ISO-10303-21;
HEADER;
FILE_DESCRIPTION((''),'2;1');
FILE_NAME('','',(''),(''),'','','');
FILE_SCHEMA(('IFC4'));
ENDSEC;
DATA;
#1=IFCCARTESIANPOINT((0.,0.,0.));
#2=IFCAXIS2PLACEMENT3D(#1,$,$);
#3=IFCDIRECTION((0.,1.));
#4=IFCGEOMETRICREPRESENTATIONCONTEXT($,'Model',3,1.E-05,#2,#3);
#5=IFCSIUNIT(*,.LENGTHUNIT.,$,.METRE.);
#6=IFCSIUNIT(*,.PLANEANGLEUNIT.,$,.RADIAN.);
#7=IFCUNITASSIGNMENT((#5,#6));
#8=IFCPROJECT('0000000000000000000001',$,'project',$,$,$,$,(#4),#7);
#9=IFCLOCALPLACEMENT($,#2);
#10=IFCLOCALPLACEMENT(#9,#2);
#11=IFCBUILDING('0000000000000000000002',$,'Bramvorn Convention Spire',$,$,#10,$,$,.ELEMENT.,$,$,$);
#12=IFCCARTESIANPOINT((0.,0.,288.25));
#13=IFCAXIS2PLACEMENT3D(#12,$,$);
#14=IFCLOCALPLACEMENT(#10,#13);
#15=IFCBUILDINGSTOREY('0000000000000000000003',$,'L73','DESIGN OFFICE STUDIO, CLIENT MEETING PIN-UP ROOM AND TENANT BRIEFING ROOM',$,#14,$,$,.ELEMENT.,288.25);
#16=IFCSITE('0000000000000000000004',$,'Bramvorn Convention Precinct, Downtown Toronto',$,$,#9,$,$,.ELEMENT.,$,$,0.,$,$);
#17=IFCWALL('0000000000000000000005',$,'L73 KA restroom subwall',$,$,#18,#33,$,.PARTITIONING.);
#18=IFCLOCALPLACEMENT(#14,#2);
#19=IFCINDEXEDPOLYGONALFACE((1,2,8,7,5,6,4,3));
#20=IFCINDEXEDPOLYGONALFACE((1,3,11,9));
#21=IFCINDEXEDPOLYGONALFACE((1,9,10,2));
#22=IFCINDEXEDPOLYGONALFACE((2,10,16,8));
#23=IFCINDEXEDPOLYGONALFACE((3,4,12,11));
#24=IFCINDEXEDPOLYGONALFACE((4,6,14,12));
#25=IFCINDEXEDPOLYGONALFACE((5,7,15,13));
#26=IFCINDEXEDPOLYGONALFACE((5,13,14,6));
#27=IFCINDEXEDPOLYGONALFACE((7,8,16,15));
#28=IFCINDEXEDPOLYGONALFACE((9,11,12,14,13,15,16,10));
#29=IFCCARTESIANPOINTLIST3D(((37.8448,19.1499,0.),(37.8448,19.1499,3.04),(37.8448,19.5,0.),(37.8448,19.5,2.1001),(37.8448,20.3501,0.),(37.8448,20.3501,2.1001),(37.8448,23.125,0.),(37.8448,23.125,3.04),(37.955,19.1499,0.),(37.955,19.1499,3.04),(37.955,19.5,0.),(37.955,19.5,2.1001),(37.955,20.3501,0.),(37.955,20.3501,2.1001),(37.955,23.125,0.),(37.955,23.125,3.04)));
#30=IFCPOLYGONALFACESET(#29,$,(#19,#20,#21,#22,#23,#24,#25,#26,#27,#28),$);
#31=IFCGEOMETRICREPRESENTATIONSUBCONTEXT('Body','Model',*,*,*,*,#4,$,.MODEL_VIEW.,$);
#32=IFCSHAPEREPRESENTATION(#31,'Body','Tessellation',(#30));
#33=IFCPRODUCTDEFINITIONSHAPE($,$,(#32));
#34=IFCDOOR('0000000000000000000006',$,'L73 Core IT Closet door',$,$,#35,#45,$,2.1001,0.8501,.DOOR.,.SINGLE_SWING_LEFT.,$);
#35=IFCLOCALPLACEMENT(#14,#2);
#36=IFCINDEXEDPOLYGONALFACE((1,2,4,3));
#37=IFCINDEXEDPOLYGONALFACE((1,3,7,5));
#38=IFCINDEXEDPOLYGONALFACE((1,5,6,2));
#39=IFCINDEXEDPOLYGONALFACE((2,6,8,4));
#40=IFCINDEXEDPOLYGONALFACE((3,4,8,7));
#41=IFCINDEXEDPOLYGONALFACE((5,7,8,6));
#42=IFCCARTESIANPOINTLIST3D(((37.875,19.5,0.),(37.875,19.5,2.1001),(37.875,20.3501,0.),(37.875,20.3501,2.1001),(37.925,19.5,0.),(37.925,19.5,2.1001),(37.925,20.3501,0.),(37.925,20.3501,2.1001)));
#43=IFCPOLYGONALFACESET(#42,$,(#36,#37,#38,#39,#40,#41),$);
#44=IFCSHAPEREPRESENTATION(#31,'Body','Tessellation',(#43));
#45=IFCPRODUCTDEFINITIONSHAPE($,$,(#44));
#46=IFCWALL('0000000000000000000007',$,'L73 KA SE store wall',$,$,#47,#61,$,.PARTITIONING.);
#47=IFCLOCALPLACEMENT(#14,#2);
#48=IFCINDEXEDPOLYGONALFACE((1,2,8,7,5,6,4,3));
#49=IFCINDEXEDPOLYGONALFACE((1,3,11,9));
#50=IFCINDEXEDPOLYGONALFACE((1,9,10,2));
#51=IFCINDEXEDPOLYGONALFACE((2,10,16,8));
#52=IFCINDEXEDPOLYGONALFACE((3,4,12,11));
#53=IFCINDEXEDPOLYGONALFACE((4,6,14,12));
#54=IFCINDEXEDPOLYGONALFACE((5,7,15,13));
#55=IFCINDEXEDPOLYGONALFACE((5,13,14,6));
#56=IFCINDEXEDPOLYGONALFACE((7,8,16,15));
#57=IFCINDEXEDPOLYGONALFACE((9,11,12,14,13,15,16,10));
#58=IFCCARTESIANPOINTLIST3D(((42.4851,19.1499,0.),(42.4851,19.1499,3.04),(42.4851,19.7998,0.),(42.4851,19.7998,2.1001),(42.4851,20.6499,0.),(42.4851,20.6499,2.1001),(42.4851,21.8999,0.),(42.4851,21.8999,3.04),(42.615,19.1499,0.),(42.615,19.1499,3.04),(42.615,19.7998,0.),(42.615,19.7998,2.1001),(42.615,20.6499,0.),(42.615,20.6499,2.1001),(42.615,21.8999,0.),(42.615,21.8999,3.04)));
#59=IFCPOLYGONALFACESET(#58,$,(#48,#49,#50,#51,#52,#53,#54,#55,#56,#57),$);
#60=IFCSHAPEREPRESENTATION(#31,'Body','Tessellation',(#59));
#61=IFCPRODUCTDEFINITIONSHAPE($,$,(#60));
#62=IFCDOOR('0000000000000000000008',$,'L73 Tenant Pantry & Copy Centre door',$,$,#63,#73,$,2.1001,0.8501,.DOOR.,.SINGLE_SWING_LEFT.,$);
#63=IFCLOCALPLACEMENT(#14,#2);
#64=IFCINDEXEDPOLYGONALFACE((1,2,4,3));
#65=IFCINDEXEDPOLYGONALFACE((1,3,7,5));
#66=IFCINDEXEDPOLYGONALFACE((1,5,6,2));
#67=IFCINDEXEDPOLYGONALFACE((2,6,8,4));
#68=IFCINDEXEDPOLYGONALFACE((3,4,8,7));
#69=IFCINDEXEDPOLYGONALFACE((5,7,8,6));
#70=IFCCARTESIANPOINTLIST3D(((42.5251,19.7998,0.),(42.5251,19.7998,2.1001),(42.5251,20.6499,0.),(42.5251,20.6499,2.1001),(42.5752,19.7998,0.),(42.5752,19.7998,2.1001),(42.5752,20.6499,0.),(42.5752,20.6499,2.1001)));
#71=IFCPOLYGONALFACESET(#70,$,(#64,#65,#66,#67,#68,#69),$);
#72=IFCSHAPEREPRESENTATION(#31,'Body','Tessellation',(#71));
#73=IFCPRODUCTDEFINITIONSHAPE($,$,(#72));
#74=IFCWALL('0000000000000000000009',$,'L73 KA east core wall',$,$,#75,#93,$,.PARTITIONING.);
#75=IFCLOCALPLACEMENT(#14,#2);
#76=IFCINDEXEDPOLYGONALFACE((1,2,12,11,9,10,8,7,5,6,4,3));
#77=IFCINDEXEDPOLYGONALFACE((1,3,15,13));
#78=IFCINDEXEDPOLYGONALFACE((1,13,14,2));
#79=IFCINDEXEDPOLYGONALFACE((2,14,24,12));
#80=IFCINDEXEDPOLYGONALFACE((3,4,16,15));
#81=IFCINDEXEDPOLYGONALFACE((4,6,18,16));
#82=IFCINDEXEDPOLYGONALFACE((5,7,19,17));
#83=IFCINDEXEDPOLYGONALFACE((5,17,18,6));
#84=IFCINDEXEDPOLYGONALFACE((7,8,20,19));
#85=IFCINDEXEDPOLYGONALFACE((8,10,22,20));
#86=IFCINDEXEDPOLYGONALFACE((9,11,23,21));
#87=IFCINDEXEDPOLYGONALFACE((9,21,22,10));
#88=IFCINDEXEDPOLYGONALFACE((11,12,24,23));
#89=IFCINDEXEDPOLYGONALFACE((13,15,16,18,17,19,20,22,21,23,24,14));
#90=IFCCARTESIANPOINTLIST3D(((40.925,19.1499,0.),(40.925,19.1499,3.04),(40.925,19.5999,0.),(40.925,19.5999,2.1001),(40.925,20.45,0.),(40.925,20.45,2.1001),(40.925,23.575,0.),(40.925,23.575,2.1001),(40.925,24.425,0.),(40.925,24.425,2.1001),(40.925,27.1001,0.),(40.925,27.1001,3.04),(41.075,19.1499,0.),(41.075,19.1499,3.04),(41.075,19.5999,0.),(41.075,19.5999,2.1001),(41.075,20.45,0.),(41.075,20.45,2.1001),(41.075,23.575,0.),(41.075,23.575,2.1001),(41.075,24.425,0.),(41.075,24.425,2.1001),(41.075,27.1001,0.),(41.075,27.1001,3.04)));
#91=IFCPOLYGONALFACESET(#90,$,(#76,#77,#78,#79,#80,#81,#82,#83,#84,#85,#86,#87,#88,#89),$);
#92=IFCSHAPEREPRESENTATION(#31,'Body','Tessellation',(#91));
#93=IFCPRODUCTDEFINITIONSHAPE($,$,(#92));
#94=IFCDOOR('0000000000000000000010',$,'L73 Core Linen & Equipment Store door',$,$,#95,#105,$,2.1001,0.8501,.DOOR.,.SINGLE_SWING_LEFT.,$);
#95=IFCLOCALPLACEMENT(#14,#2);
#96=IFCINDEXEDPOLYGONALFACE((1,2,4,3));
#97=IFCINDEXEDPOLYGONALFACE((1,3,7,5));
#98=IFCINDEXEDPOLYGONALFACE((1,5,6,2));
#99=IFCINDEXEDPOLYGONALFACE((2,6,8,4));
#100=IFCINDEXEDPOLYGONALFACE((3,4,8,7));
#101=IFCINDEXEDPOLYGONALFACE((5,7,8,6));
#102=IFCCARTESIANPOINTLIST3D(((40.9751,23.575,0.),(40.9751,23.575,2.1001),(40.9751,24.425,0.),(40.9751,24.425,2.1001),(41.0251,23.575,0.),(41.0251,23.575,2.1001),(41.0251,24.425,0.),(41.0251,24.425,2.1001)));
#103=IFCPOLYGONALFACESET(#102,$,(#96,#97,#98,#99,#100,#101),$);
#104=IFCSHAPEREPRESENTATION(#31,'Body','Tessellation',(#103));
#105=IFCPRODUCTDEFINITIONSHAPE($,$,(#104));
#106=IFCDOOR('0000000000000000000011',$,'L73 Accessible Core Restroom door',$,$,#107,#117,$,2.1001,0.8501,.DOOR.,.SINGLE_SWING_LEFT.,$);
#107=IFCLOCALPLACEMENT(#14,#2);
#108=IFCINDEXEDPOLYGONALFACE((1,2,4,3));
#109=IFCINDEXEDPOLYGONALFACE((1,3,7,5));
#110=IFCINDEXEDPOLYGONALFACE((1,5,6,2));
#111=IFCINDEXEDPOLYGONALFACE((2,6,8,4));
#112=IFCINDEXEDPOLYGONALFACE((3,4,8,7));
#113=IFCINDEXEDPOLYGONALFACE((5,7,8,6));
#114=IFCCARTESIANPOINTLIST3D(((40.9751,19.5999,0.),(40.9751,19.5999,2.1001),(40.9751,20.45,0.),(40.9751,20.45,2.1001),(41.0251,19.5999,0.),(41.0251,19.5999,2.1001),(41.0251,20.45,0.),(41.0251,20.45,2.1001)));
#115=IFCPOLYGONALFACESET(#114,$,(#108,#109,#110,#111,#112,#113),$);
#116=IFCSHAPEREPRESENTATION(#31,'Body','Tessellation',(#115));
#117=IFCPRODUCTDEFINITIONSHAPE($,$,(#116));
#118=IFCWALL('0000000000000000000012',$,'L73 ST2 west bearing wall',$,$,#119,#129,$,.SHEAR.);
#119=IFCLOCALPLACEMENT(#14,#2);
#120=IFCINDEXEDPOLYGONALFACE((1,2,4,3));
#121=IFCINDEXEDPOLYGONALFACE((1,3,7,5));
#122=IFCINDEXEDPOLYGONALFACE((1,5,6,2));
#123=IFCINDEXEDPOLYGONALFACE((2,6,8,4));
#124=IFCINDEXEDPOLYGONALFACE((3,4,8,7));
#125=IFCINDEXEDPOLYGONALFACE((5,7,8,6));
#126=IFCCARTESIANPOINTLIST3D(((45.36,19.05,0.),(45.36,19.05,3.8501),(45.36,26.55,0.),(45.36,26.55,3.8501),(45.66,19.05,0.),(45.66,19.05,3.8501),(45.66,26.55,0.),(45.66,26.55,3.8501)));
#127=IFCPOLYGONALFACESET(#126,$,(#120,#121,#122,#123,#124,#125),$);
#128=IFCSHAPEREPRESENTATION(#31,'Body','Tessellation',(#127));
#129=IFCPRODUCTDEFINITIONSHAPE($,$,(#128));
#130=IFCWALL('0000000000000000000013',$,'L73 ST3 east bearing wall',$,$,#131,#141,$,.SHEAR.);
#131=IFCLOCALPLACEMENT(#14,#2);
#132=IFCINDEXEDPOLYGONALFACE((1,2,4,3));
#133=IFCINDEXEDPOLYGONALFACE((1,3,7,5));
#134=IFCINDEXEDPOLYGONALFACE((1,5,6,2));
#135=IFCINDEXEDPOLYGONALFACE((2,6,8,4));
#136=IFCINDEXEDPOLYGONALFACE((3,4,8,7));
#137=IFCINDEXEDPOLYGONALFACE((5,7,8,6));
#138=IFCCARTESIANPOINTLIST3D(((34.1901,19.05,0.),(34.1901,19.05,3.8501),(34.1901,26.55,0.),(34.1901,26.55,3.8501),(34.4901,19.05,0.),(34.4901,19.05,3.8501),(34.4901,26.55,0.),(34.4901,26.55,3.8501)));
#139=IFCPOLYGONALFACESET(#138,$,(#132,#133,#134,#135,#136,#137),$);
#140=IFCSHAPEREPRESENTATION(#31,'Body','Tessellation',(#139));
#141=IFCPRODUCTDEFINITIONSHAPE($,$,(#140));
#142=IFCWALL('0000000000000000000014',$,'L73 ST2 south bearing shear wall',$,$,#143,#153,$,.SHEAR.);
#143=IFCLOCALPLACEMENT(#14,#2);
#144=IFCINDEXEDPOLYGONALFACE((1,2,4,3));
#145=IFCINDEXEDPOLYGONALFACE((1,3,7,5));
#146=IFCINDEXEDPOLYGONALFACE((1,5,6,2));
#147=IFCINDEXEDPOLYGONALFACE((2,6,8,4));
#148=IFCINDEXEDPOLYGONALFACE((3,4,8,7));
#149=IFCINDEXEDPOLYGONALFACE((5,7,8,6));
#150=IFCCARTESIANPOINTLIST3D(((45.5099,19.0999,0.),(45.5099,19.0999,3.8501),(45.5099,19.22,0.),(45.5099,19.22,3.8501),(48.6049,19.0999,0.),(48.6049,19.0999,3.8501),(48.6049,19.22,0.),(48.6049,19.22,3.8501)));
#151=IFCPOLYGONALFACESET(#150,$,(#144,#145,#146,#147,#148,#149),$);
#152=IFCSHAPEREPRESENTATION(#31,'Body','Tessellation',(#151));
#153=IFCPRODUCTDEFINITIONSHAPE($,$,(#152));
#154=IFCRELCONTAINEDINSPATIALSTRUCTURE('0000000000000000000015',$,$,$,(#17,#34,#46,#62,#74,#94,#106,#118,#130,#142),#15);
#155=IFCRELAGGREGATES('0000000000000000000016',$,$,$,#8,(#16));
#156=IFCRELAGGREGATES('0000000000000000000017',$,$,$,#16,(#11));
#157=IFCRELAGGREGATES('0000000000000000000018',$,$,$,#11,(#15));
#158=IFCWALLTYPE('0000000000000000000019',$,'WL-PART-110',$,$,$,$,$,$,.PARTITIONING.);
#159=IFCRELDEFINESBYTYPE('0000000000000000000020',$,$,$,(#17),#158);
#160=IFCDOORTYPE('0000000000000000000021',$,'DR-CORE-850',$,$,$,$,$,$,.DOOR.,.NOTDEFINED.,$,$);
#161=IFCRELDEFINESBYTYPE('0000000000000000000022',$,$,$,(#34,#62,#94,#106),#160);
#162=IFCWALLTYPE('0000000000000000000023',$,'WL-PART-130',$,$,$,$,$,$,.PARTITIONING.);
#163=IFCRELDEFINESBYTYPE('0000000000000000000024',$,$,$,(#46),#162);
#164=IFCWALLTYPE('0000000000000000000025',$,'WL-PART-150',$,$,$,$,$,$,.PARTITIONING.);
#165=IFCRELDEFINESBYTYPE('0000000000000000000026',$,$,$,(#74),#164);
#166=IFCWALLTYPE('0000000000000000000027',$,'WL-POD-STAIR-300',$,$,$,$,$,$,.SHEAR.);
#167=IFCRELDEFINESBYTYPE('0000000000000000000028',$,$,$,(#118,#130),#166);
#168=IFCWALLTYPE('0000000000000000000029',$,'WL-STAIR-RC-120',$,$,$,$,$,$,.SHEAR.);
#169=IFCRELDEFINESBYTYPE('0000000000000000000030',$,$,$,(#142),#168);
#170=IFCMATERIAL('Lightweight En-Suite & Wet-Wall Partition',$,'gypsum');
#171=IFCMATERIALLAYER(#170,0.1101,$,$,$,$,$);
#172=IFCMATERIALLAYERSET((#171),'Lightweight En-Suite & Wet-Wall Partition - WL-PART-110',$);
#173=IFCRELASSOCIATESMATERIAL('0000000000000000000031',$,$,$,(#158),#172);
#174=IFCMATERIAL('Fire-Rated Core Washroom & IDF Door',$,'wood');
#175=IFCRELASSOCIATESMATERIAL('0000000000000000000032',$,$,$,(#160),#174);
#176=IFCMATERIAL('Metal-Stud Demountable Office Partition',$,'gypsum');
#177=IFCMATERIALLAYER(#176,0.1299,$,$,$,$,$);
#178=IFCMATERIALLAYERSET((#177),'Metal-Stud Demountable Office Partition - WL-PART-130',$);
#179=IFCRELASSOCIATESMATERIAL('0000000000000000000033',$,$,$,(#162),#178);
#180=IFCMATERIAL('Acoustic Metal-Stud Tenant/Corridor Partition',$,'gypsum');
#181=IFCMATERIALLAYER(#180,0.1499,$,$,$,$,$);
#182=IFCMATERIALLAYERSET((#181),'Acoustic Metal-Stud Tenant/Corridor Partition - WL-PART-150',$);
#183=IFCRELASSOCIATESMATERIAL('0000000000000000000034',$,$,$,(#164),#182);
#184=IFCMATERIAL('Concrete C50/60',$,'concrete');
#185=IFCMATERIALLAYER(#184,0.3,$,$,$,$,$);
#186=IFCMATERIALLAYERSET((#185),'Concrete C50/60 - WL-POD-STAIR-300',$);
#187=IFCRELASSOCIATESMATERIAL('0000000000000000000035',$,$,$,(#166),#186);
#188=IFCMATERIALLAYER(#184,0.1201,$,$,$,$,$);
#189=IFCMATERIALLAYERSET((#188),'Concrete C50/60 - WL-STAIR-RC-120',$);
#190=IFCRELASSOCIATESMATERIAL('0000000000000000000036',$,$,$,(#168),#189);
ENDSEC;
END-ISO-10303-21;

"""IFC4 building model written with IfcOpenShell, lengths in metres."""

from ifc_helpers import new_model, si_unit, direction, frame, frame_2d, origin, place, context, subcontext, project, spatial, rectangle, extrude, material, layer, layer_set, type_object, element, fill, save


model = new_model("IFC4")

# Units and contexts
model_context = context("Model", 3, precision=1e-05, world=origin(), true_north=direction((0.0, 1.0)))
body_context = subcontext(model_context, "Body", "Model", "MODEL_VIEW")
ifc_project = project(units=[si_unit("LENGTHUNIT", "METRE"), si_unit("PLANEANGLEUNIT", "RADIAN")], contexts=[model_context])

# Site, building, storey
site_placement = place(None, origin())
site = spatial("IfcSite", under=ifc_project, at=site_placement, Name="Bramvorn Convention Precinct, Downtown Toronto", CompositionType="ELEMENT", RefElevation=0.0)
building_placement = place(site_placement, origin())
building = spatial("IfcBuilding", under=site, at=building_placement, Name="Bramvorn Convention Spire", CompositionType="ELEMENT")
storey_placement = place(building_placement, frame((0.0, 0.0, 288.25)))
storey = spatial("IfcBuildingStorey", under=building, at=storey_placement, Name="L73", Description="DESIGN OFFICE STUDIO, CLIENT MEETING PIN-UP ROOM AND TENANT BRIEFING ROOM", CompositionType="ELEMENT", Elevation=288.25)

# Shared definitions
ifc_material_1 = material(Name="Concrete C50/60", Category="concrete")

# Shared definitions
ifc_material_2 = material(Name="Lightweight En-Suite & Wet-Wall Partition", Category="gypsum")
ifc_layer_1 = layer(ifc_material_2, 0.1101)
ifc_layer_set_1 = layer_set([ifc_layer_1], Name="Lightweight En-Suite & Wet-Wall Partition - WL-PART-110")
wall_type_1 = type_object("IfcWallType", Name="WL-PART-110", PredefinedType="PARTITIONING", material=ifc_layer_set_1)

# Walls, openings, doors
wall_1_placement = place(storey_placement, frame((37.8999, 19.1499, 0.0), z_axis=(0.0, 0.0, 1.0), x_axis=(0.0, 1.0, 0.0)))
wall_1 = element("IfcWall", 1, at=wall_1_placement, inside=storey, type_object=wall_type_1, Name="L73 KA restroom subwall", PredefinedType="PARTITIONING", context=body_context, shape_type="SweptSolid", body=[
    extrude(rectangle(XDim=3.9751, YDim=0.1101, at=frame_2d((1.9875, 0.0))), origin(), (0.0, 0.0, 1.0), 3.04),
])
opening_1_placement = place(wall_1_placement, frame((0.3501, 0.0, 0.0)))
opening_1 = element("IfcOpeningElement", 2, at=opening_1_placement, cuts=wall_1, PredefinedType="OPENING", context=body_context, shape_type="SweptSolid", body=[
    extrude(rectangle(XDim=0.8501, YDim=2.1001, at=frame_2d((0.425, 1.05))), frame((0.0, 0.0649, 0.0), z_axis=(0.0, -1.0, 0.0), x_axis=(1.0, 0.0, 0.0)), (0.0, 0.0, 1.0), 0.1301),
])
ifc_material_3 = material(Name="Fire-Rated Core Washroom & IDF Door", Category="wood")
door_type_1 = type_object("IfcDoorType", Name="DR-CORE-850", OperationType="NOTDEFINED", PredefinedType="DOOR", material=ifc_material_3)
door_1_placement = place(opening_1_placement, origin())
door_1 = element("IfcDoor", 3, at=door_1_placement, inside=storey, type_object=door_type_1, Name="L73 Core IT Closet door", OperationType="SINGLE_SWING_LEFT", OverallHeight=2.1001, OverallWidth=0.8501, PredefinedType="DOOR", context=body_context, shape_type="SweptSolid", body=[
    extrude(rectangle(XDim=0.8501, YDim=2.1001, at=frame_2d((0.425, 1.05))), frame((0.0, 0.0249, 0.0), z_axis=(0.0, -1.0, 0.0), x_axis=(1.0, 0.0, 0.0)), (0.0, 0.0, 1.0), 0.05),
])
fill(opening_1, door_1)
ifc_material_4 = material(Name="Metal-Stud Demountable Office Partition", Category="gypsum")
ifc_layer_2 = layer(ifc_material_4, 0.1299)
ifc_layer_set_2 = layer_set([ifc_layer_2], Name="Metal-Stud Demountable Office Partition - WL-PART-130")
wall_type_2 = type_object("IfcWallType", Name="WL-PART-130", PredefinedType="PARTITIONING", material=ifc_layer_set_2)
wall_2_placement = place(storey_placement, frame((42.55, 19.1499, 0.0), z_axis=(0.0, 0.0, 1.0), x_axis=(0.0, 1.0, 0.0)))
wall_2 = element("IfcWall", 4, at=wall_2_placement, inside=storey, type_object=wall_type_2, Name="L73 KA SE store wall", PredefinedType="PARTITIONING", context=body_context, shape_type="SweptSolid", body=[
    extrude(rectangle(XDim=2.75, YDim=0.1299, at=frame_2d((1.375, 0.0))), origin(), (0.0, 0.0, 1.0), 3.04),
])
opening_2_placement = place(wall_2_placement, frame((0.6499, 0.0, 0.0)))
opening_2 = element("IfcOpeningElement", 5, at=opening_2_placement, cuts=wall_2, PredefinedType="OPENING", context=body_context, shape_type="SweptSolid", body=[
    extrude(rectangle(XDim=0.8501, YDim=2.1001, at=frame_2d((0.425, 1.05))), frame((0.0, 0.075, 0.0), z_axis=(0.0, -1.0, 0.0), x_axis=(1.0, 0.0, 0.0)), (0.0, 0.0, 1.0), 0.1499),
])
door_2_placement = place(opening_2_placement, origin())
door_2 = element("IfcDoor", 6, at=door_2_placement, inside=storey, type_object=door_type_1, Name="L73 Tenant Pantry & Copy Centre door", OperationType="SINGLE_SWING_LEFT", OverallHeight=2.1001, OverallWidth=0.8501, PredefinedType="DOOR", context=body_context, shape_type="SweptSolid", body=[
    extrude(rectangle(XDim=0.8501, YDim=2.1001, at=frame_2d((0.425, 1.05))), frame((0.0, 0.0249, 0.0), z_axis=(0.0, -1.0, 0.0), x_axis=(1.0, 0.0, 0.0)), (0.0, 0.0, 1.0), 0.05),
])
fill(opening_2, door_2)

# Wall, openings, doors
ifc_material_5 = material(Name="Acoustic Metal-Stud Tenant/Corridor Partition", Category="gypsum")
ifc_layer_3 = layer(ifc_material_5, 0.1499)
ifc_layer_set_3 = layer_set([ifc_layer_3], Name="Acoustic Metal-Stud Tenant/Corridor Partition - WL-PART-150")
wall_type_3 = type_object("IfcWallType", Name="WL-PART-150", PredefinedType="PARTITIONING", material=ifc_layer_set_3)
wall_3_placement = place(storey_placement, frame((41.0, 19.1499, 0.0), z_axis=(0.0, 0.0, 1.0), x_axis=(0.0, 1.0, 0.0)))
wall_3 = element("IfcWall", 7, at=wall_3_placement, inside=storey, type_object=wall_type_3, Name="L73 KA east core wall", PredefinedType="PARTITIONING", context=body_context, shape_type="SweptSolid", body=[
    extrude(rectangle(XDim=7.9502, YDim=0.1499, at=frame_2d((3.9751, 0.0))), origin(), (0.0, 0.0, 1.0), 3.04),
])
opening_3_placement = place(wall_3_placement, frame((4.425, 0.0, 0.0)))
opening_3 = element("IfcOpeningElement", 8, at=opening_3_placement, cuts=wall_3, PredefinedType="OPENING", context=body_context, shape_type="SweptSolid", body=[
    extrude(rectangle(XDim=0.8501, YDim=2.1001, at=frame_2d((0.425, 1.05))), frame((0.0, 0.085, 0.0), z_axis=(0.0, -1.0, 0.0), x_axis=(1.0, 0.0, 0.0)), (0.0, 0.0, 1.0), 0.1699),
])
opening_4_placement = place(wall_3_placement, frame((0.45, 0.0, 0.0)))
opening_4 = element("IfcOpeningElement", 9, at=opening_4_placement, cuts=wall_3, PredefinedType="OPENING", context=body_context, shape_type="SweptSolid", body=[
    extrude(rectangle(XDim=0.8501, YDim=2.1001, at=frame_2d((0.425, 1.05))), frame((0.0, 0.085, 0.0), z_axis=(0.0, -1.0, 0.0), x_axis=(1.0, 0.0, 0.0)), (0.0, 0.0, 1.0), 0.1699),
])
door_3_placement = place(opening_3_placement, origin())
door_3 = element("IfcDoor", 10, at=door_3_placement, inside=storey, type_object=door_type_1, Name="L73 Core Linen & Equipment Store door", OperationType="SINGLE_SWING_LEFT", OverallHeight=2.1001, OverallWidth=0.8501, PredefinedType="DOOR", context=body_context, shape_type="SweptSolid", body=[
    extrude(rectangle(XDim=0.8501, YDim=2.1001, at=frame_2d((0.425, 1.05))), frame((0.0, 0.0249, 0.0), z_axis=(0.0, -1.0, 0.0), x_axis=(1.0, 0.0, 0.0)), (0.0, 0.0, 1.0), 0.05),
])
fill(opening_3, door_3)
door_4_placement = place(opening_4_placement, origin())
door_4 = element("IfcDoor", 11, at=door_4_placement, inside=storey, type_object=door_type_1, Name="L73 Accessible Core Restroom door", OperationType="SINGLE_SWING_LEFT", OverallHeight=2.1001, OverallWidth=0.8501, PredefinedType="DOOR", context=body_context, shape_type="SweptSolid", body=[
    extrude(rectangle(XDim=0.8501, YDim=2.1001, at=frame_2d((0.425, 1.05))), frame((0.0, 0.0249, 0.0), z_axis=(0.0, -1.0, 0.0), x_axis=(1.0, 0.0, 0.0)), (0.0, 0.0, 1.0), 0.05),
])
fill(opening_4, door_4)

# Walls
ifc_layer_4 = layer(ifc_material_1, 0.3)
ifc_layer_set_4 = layer_set([ifc_layer_4], Name="Concrete C50/60 - WL-POD-STAIR-300")
wall_type_4 = type_object("IfcWallType", Name="WL-POD-STAIR-300", PredefinedType="SHEAR", material=ifc_layer_set_4)
for number, where, z_axis, x_axis, name in (
    (12, (45.51, 19.05, 0.0), (0.0, 0.0, 1.0), (0.0, 1.0, 0.0), "L73 ST2 west bearing wall"),
    (13, (34.3401, 19.05, 0.0), (0.0, 0.0, 1.0), (0.0, 1.0, 0.0), "L73 ST3 east bearing wall"),
):
    element("IfcWall", number, at=place(storey_placement, frame(where, z_axis=z_axis, x_axis=x_axis)), inside=storey, type_object=wall_type_4, Name=name, PredefinedType="SHEAR", context=body_context, shape_type="SweptSolid", body=[
        extrude(rectangle(XDim=7.5, YDim=0.3, at=frame_2d((3.75, 0.0))), origin(), (0.0, 0.0, 1.0), 3.8501),
    ])
ifc_layer_5 = layer(ifc_material_1, 0.1201)
ifc_layer_set_5 = layer_set([ifc_layer_5], Name="Concrete C50/60 - WL-STAIR-RC-120")
wall_type_5 = type_object("IfcWallType", Name="WL-STAIR-RC-120", PredefinedType="SHEAR", material=ifc_layer_set_5)
wall_4_placement = place(storey_placement, frame((45.51, 19.1599, 0.0), z_axis=(0.0, 0.0, 1.0), x_axis=(1.0, 0.0, 0.0)))
element("IfcWall", 14, at=wall_4_placement, inside=storey, type_object=wall_type_5, Name="L73 ST2 south bearing shear wall", PredefinedType="SHEAR", context=body_context, shape_type="SweptSolid", body=[
    extrude(rectangle(XDim=3.095, YDim=0.1201, at=frame_2d((1.5474, 0.0))), origin(), (0.0, 0.0, 1.0), 3.8501),
])

save(model, "model.ifc")
